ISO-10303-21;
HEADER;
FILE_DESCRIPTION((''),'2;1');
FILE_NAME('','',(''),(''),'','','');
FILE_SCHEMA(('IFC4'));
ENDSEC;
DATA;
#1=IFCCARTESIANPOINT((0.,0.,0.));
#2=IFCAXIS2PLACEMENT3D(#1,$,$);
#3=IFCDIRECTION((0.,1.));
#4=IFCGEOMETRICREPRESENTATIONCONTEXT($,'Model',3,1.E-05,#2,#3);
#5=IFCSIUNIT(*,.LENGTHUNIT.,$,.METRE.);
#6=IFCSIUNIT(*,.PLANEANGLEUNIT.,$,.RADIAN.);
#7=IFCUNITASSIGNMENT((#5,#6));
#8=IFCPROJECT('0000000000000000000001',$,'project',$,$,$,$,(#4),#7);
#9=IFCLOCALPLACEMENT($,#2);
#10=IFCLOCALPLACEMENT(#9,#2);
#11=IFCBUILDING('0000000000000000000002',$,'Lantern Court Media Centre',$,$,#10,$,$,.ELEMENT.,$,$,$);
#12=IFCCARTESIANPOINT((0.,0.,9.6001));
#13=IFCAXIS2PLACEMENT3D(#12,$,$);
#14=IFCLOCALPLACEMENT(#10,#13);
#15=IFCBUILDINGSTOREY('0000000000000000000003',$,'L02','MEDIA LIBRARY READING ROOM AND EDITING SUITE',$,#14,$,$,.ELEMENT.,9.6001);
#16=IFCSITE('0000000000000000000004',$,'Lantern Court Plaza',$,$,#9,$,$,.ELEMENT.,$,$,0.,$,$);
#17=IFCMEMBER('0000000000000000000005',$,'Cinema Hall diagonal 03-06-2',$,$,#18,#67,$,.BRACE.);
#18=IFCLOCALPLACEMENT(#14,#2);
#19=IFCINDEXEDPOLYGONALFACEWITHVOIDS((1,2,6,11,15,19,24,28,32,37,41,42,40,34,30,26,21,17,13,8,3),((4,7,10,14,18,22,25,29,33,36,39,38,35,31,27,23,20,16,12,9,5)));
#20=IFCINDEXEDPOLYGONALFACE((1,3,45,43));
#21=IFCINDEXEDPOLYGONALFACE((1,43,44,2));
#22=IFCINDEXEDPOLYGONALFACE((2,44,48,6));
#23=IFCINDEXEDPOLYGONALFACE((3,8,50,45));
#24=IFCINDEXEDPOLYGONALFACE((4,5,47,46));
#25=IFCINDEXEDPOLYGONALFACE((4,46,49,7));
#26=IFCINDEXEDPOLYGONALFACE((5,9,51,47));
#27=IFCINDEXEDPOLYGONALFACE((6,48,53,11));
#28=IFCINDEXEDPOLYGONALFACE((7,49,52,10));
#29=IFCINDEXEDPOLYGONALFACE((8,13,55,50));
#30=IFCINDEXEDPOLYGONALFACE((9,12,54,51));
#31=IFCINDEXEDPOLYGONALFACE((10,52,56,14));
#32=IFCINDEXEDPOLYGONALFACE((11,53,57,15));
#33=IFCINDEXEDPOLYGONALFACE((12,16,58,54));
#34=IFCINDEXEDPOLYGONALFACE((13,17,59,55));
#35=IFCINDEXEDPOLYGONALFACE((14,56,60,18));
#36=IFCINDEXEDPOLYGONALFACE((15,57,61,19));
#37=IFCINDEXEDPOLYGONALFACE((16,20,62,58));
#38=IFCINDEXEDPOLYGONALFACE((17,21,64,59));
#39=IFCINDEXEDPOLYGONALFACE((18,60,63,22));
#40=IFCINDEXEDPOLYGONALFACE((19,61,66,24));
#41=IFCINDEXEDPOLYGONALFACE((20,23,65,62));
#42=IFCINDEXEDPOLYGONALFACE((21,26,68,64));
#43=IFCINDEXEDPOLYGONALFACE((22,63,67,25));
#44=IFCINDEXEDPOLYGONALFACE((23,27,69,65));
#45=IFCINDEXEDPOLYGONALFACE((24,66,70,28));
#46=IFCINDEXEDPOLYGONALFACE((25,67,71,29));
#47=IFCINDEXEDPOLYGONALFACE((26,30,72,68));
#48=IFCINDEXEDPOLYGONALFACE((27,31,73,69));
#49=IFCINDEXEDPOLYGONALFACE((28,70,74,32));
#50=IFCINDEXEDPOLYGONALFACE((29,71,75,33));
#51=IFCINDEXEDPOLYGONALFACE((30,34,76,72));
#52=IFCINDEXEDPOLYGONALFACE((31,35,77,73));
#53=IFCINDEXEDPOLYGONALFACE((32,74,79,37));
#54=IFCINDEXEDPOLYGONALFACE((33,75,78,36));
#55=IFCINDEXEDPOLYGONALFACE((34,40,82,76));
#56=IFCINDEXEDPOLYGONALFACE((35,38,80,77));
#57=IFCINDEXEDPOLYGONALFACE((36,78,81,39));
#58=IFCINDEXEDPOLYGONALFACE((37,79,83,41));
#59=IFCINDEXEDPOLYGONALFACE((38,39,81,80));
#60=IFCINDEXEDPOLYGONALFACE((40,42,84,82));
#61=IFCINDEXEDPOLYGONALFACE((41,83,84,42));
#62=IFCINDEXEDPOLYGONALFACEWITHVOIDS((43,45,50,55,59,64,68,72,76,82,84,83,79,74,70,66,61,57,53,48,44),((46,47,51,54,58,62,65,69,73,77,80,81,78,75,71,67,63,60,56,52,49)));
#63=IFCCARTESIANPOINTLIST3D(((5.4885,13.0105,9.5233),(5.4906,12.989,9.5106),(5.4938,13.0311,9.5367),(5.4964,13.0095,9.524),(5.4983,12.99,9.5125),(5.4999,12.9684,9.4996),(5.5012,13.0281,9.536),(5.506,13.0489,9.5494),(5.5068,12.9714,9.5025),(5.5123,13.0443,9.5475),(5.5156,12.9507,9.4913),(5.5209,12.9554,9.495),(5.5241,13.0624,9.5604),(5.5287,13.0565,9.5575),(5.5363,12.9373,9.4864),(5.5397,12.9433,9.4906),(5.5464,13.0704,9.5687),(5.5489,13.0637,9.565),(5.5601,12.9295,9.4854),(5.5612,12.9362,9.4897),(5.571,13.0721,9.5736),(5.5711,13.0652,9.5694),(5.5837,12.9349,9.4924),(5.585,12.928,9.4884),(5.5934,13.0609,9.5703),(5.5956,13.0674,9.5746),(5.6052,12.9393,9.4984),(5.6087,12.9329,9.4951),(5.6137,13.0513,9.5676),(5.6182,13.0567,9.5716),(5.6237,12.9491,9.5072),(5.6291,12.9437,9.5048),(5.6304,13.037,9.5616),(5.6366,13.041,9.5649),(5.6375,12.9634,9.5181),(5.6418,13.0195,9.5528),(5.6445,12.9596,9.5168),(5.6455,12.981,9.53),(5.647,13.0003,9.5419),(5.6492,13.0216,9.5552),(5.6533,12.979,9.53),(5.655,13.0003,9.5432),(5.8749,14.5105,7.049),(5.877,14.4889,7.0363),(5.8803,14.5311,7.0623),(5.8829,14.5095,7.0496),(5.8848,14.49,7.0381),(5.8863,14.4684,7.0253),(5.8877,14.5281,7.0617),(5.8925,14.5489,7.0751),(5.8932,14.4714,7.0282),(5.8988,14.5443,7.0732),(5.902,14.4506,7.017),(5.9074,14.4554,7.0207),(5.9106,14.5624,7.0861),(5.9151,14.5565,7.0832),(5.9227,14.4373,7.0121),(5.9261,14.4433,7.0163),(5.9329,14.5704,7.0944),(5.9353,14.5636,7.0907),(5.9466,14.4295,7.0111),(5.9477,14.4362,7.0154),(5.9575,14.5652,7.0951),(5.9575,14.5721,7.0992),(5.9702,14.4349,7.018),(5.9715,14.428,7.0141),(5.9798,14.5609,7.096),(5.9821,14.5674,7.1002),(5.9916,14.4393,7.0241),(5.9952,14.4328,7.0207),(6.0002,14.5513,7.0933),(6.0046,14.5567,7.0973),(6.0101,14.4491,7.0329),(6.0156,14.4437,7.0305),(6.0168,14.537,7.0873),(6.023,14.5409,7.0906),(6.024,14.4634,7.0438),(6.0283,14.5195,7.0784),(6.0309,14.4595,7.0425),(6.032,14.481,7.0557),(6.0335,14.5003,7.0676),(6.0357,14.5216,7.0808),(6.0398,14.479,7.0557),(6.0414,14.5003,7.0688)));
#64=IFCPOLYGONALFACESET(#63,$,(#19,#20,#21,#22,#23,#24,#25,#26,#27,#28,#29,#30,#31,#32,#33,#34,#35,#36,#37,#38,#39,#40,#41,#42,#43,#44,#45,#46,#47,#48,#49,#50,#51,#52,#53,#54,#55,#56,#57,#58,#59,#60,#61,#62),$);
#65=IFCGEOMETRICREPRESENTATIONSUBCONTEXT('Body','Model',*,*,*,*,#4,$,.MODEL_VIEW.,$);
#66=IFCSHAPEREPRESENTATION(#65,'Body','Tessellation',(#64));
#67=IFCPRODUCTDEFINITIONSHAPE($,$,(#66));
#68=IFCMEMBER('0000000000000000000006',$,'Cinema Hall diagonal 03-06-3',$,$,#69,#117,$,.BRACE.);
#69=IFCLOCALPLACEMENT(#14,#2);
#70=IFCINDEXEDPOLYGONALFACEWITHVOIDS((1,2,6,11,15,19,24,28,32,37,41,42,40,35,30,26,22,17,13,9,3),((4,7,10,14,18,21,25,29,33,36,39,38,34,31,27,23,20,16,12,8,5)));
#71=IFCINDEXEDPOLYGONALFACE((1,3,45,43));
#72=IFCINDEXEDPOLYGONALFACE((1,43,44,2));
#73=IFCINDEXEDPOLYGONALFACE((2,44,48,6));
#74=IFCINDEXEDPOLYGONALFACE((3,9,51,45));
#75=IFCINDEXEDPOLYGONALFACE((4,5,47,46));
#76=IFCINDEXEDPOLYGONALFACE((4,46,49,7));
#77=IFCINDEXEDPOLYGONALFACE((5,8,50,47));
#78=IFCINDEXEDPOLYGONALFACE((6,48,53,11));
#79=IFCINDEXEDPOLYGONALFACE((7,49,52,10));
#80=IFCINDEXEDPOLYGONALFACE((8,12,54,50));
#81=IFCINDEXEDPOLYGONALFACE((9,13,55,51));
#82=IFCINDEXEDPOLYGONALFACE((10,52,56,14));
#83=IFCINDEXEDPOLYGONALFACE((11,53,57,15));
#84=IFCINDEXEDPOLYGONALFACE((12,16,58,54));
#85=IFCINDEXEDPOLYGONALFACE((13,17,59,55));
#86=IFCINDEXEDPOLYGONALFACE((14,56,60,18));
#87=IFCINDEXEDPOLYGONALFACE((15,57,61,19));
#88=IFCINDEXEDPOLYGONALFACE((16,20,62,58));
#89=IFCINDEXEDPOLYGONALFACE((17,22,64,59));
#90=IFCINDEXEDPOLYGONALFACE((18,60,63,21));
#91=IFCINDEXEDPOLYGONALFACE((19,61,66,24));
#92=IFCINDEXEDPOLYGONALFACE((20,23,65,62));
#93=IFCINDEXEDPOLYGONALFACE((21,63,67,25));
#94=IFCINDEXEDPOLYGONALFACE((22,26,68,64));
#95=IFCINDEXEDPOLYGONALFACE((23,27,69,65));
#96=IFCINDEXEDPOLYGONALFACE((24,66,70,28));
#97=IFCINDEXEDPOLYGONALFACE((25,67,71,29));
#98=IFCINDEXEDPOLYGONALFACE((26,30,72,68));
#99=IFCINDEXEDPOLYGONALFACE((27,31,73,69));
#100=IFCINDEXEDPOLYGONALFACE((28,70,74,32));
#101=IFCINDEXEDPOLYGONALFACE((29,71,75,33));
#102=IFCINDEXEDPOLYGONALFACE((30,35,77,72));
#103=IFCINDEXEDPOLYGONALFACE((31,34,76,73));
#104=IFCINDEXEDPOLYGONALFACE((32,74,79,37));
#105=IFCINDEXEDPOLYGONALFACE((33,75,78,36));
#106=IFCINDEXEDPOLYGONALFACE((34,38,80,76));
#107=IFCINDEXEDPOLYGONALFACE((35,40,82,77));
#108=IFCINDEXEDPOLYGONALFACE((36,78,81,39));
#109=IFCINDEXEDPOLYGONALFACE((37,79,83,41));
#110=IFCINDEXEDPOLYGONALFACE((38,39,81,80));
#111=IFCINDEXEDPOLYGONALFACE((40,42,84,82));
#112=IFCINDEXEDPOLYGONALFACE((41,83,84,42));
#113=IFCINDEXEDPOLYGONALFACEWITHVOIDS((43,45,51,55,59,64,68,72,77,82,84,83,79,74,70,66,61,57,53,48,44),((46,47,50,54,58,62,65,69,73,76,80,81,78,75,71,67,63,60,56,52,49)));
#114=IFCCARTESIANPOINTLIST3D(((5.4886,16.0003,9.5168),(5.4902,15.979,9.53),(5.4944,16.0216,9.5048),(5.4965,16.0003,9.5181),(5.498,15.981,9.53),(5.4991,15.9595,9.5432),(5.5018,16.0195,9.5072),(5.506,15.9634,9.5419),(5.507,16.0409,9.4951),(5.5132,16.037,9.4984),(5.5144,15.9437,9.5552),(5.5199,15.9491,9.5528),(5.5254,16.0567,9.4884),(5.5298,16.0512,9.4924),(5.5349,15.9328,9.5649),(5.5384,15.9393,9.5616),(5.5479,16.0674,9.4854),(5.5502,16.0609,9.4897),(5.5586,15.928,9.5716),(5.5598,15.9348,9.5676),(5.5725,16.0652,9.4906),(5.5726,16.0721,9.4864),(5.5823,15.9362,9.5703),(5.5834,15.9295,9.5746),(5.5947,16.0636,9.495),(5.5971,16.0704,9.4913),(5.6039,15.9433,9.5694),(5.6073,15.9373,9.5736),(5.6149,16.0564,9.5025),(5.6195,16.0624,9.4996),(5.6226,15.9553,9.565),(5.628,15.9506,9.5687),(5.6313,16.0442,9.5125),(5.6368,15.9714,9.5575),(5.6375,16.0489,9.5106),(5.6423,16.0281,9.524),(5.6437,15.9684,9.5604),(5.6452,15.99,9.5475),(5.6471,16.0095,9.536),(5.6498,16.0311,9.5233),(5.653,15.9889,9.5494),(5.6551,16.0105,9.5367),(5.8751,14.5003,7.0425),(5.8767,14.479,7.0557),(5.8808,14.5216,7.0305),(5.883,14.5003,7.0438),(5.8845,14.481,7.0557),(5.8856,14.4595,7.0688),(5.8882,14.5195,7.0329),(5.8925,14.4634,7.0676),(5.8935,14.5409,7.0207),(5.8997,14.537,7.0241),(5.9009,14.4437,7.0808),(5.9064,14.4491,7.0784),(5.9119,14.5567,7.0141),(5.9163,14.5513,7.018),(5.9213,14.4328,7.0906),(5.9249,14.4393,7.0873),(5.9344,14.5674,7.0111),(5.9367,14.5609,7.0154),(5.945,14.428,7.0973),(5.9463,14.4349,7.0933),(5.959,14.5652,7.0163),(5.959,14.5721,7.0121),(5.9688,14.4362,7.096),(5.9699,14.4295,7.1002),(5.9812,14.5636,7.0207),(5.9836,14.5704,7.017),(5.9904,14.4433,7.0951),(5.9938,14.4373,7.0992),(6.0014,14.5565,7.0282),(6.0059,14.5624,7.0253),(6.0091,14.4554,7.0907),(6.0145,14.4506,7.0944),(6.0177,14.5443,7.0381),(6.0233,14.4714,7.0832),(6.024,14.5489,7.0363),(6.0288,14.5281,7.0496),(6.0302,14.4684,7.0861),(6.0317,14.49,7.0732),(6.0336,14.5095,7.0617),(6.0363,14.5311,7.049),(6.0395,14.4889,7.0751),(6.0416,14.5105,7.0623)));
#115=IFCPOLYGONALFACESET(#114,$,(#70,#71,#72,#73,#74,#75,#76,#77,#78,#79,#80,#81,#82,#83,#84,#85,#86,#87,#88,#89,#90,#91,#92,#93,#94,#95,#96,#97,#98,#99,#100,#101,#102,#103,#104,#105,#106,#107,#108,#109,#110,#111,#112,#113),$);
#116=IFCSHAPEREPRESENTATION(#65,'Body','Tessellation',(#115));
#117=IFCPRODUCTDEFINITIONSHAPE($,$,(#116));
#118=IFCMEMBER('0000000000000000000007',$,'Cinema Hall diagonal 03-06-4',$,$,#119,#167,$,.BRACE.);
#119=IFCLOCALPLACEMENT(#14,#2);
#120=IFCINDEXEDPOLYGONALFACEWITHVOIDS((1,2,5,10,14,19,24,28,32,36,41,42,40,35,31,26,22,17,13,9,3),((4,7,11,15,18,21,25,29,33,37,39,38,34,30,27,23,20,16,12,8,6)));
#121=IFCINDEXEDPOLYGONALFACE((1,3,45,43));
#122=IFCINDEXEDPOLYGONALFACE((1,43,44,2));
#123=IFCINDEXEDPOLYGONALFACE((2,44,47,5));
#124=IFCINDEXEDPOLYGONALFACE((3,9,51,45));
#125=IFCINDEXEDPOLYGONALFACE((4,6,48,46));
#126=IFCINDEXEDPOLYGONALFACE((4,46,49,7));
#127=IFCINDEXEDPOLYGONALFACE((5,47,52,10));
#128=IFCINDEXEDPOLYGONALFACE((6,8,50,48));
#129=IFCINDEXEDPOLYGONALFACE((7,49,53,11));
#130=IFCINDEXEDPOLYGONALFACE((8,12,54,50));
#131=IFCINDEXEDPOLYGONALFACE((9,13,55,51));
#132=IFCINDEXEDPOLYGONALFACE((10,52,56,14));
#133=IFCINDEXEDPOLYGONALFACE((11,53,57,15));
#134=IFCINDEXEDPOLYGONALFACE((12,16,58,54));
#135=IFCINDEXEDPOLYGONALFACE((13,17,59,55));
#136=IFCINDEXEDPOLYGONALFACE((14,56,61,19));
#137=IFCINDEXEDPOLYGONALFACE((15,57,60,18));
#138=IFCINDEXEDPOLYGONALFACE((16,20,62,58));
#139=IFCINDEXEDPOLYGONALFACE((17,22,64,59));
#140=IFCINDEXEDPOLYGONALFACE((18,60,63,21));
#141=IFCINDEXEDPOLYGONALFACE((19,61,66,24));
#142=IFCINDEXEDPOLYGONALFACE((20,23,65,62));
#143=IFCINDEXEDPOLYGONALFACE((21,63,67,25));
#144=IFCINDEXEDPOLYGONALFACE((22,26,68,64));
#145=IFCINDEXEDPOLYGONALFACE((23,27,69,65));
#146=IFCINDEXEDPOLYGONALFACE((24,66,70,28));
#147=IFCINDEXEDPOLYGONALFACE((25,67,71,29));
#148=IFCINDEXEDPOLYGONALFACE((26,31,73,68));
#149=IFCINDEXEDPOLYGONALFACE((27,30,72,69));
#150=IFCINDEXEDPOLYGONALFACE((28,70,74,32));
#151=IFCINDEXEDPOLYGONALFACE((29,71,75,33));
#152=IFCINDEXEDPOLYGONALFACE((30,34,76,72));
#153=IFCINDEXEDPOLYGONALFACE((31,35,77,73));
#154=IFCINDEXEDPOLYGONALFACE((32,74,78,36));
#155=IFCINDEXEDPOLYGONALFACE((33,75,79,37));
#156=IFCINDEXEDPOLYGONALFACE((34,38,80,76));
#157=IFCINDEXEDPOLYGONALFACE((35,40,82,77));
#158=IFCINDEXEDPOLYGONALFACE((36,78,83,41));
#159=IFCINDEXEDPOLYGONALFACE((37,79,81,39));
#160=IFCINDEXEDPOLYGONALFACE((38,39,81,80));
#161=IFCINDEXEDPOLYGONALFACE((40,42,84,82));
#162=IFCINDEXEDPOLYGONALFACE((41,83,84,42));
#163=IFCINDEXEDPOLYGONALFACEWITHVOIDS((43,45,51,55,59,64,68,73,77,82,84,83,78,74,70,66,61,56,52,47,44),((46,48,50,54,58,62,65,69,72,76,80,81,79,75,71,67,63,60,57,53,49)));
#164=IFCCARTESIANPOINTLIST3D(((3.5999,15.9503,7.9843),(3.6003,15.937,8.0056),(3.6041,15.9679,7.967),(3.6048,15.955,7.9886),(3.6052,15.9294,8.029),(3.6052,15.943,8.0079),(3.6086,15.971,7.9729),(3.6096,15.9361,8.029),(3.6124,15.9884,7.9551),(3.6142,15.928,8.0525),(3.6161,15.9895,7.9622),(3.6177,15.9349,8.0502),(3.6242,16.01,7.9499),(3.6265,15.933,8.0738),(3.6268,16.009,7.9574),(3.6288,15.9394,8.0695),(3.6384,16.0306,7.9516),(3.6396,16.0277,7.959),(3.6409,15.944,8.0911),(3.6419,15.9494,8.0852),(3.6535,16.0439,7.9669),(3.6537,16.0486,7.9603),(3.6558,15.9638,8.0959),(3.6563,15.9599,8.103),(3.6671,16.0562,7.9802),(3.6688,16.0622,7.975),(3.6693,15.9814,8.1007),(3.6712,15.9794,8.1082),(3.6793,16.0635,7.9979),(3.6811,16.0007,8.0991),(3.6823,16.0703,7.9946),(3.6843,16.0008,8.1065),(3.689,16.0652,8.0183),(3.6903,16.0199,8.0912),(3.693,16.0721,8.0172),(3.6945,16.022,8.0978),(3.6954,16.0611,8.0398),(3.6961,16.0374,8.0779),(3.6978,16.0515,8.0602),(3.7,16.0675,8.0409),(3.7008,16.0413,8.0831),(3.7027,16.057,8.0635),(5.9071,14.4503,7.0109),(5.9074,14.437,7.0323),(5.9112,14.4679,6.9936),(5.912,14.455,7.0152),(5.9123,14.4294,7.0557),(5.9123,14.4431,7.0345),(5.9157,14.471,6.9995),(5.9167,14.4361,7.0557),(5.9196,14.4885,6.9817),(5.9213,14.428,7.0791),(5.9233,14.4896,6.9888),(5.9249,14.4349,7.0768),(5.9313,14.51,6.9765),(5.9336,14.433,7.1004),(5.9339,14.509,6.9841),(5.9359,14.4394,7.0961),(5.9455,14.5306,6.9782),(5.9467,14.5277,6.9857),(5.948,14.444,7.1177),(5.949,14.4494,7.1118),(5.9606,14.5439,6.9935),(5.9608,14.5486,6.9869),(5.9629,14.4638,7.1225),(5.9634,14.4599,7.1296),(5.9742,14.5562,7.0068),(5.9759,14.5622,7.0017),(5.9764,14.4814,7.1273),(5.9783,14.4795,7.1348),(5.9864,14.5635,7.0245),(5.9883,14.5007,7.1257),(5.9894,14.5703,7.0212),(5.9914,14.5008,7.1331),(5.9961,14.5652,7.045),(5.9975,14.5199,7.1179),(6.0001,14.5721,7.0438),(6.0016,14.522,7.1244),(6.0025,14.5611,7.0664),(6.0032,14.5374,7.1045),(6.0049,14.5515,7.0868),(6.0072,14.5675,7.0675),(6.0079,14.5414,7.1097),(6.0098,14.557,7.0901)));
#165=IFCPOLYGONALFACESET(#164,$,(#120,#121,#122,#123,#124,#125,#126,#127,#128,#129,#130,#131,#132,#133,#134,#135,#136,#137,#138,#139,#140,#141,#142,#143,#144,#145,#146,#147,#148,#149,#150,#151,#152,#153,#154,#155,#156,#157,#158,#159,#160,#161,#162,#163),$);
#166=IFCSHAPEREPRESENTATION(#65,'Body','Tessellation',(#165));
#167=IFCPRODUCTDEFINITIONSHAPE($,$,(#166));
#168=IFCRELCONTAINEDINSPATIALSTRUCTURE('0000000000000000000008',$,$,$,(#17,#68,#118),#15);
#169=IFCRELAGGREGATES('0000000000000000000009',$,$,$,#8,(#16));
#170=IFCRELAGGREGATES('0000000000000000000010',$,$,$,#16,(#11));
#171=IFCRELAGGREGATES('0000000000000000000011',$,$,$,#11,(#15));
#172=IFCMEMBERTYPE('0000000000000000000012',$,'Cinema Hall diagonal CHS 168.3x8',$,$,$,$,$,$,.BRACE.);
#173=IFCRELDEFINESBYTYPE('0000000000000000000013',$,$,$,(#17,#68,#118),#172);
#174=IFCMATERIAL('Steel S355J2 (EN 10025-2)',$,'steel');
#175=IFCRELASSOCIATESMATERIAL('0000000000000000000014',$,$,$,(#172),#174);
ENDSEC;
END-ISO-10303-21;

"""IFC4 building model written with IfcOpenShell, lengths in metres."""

from ifc_helpers import new_model, si_unit, direction, frame, origin, origin_2d, place, context, subcontext, project, spatial, hollow_circle, extrude, material, material_profile, profile_set, type_object, element, save


model = new_model("IFC4")

# Units and contexts
model_context = context("Model", 3, precision=1e-05, world=origin(), true_north=direction((0.0, 1.0)))
body_context = subcontext(model_context, "Body", "Model", "MODEL_VIEW")
ifc_project = project(units=[si_unit("LENGTHUNIT", "METRE"), si_unit("PLANEANGLEUNIT", "RADIAN")], contexts=[model_context])

# Site, building, storey
site_placement = place(None, origin())
site = spatial("IfcSite", under=ifc_project, at=site_placement, Name="Lantern Court Plaza", CompositionType="ELEMENT", RefElevation=0.0)
building_placement = place(site_placement, origin())
building = spatial("IfcBuilding", under=site, at=building_placement, Name="Lantern Court Media Centre", CompositionType="ELEMENT")
storey_placement = place(building_placement, frame((0.0, 0.0, 9.6001)))
storey = spatial("IfcBuildingStorey", under=building, at=storey_placement, Name="L02", Description="MEDIA LIBRARY READING ROOM AND EDITING SUITE", CompositionType="ELEMENT", Elevation=9.6001)

# Members
ifc_material = material(Name="Steel S355J2 (EN 10025-2)", Category="steel")
ifc_material_profile_1 = material_profile(ifc_material, hollow_circle(Radius=0.0842, WallThickness=0.0081, at=origin_2d()), Name="Cinema Hall diagonal CHS 168.3x8")
ifc_profile_set_1 = profile_set([ifc_material_profile_1], Name="Steel S355J2 (EN 10025-2)")
member_type_1 = type_object("IfcMemberType", Name="Cinema Hall diagonal CHS 168.3x8", PredefinedType="BRACE", material=ifc_profile_set_1)
for number, where, z_axis, x_axis, name in (
    (1, (5.9583, 14.5, 7.0557), (-0.13239, -0.513836, 0.847612), (0.968374, -0.249501, 0.0), "Cinema Hall diagonal 03-06-2"),
    (2, (5.9583, 14.5, 7.0557), (-0.13239, 0.513836, 0.847612), (-0.968374, -0.249501, 0.0), "Cinema Hall diagonal 03-06-3"),
):
    element("IfcMember", number, at=place(storey_placement, frame(where, z_axis=z_axis, x_axis=x_axis)), inside=storey, type_object=member_type_1, Name=name, PredefinedType="BRACE", context=body_context, shape_type="SweptSolid", body=[
        extrude(hollow_circle(Radius=0.0842, WallThickness=0.0081, at=origin_2d()), origin(), (0.0, 0.0, 1.0), 2.9192),
    ])
for number, where, z_axis, x_axis, name in (
    (3, (5.9583, 14.5, 7.0557), (-0.790394, 0.513882, 0.333471), (-0.545082, -0.838383, 0.0), "Cinema Hall diagonal 03-06-4"),
):
    element("IfcMember", number, at=place(storey_placement, frame(where, z_axis=z_axis, x_axis=x_axis)), inside=storey, type_object=member_type_1, Name=name, PredefinedType="BRACE", context=body_context, shape_type="SweptSolid", body=[
        extrude(hollow_circle(Radius=0.0842, WallThickness=0.0081, at=origin_2d()), origin(), (0.0, 0.0, 1.0), 2.9189),
    ])

save(model, "model.ifc")
